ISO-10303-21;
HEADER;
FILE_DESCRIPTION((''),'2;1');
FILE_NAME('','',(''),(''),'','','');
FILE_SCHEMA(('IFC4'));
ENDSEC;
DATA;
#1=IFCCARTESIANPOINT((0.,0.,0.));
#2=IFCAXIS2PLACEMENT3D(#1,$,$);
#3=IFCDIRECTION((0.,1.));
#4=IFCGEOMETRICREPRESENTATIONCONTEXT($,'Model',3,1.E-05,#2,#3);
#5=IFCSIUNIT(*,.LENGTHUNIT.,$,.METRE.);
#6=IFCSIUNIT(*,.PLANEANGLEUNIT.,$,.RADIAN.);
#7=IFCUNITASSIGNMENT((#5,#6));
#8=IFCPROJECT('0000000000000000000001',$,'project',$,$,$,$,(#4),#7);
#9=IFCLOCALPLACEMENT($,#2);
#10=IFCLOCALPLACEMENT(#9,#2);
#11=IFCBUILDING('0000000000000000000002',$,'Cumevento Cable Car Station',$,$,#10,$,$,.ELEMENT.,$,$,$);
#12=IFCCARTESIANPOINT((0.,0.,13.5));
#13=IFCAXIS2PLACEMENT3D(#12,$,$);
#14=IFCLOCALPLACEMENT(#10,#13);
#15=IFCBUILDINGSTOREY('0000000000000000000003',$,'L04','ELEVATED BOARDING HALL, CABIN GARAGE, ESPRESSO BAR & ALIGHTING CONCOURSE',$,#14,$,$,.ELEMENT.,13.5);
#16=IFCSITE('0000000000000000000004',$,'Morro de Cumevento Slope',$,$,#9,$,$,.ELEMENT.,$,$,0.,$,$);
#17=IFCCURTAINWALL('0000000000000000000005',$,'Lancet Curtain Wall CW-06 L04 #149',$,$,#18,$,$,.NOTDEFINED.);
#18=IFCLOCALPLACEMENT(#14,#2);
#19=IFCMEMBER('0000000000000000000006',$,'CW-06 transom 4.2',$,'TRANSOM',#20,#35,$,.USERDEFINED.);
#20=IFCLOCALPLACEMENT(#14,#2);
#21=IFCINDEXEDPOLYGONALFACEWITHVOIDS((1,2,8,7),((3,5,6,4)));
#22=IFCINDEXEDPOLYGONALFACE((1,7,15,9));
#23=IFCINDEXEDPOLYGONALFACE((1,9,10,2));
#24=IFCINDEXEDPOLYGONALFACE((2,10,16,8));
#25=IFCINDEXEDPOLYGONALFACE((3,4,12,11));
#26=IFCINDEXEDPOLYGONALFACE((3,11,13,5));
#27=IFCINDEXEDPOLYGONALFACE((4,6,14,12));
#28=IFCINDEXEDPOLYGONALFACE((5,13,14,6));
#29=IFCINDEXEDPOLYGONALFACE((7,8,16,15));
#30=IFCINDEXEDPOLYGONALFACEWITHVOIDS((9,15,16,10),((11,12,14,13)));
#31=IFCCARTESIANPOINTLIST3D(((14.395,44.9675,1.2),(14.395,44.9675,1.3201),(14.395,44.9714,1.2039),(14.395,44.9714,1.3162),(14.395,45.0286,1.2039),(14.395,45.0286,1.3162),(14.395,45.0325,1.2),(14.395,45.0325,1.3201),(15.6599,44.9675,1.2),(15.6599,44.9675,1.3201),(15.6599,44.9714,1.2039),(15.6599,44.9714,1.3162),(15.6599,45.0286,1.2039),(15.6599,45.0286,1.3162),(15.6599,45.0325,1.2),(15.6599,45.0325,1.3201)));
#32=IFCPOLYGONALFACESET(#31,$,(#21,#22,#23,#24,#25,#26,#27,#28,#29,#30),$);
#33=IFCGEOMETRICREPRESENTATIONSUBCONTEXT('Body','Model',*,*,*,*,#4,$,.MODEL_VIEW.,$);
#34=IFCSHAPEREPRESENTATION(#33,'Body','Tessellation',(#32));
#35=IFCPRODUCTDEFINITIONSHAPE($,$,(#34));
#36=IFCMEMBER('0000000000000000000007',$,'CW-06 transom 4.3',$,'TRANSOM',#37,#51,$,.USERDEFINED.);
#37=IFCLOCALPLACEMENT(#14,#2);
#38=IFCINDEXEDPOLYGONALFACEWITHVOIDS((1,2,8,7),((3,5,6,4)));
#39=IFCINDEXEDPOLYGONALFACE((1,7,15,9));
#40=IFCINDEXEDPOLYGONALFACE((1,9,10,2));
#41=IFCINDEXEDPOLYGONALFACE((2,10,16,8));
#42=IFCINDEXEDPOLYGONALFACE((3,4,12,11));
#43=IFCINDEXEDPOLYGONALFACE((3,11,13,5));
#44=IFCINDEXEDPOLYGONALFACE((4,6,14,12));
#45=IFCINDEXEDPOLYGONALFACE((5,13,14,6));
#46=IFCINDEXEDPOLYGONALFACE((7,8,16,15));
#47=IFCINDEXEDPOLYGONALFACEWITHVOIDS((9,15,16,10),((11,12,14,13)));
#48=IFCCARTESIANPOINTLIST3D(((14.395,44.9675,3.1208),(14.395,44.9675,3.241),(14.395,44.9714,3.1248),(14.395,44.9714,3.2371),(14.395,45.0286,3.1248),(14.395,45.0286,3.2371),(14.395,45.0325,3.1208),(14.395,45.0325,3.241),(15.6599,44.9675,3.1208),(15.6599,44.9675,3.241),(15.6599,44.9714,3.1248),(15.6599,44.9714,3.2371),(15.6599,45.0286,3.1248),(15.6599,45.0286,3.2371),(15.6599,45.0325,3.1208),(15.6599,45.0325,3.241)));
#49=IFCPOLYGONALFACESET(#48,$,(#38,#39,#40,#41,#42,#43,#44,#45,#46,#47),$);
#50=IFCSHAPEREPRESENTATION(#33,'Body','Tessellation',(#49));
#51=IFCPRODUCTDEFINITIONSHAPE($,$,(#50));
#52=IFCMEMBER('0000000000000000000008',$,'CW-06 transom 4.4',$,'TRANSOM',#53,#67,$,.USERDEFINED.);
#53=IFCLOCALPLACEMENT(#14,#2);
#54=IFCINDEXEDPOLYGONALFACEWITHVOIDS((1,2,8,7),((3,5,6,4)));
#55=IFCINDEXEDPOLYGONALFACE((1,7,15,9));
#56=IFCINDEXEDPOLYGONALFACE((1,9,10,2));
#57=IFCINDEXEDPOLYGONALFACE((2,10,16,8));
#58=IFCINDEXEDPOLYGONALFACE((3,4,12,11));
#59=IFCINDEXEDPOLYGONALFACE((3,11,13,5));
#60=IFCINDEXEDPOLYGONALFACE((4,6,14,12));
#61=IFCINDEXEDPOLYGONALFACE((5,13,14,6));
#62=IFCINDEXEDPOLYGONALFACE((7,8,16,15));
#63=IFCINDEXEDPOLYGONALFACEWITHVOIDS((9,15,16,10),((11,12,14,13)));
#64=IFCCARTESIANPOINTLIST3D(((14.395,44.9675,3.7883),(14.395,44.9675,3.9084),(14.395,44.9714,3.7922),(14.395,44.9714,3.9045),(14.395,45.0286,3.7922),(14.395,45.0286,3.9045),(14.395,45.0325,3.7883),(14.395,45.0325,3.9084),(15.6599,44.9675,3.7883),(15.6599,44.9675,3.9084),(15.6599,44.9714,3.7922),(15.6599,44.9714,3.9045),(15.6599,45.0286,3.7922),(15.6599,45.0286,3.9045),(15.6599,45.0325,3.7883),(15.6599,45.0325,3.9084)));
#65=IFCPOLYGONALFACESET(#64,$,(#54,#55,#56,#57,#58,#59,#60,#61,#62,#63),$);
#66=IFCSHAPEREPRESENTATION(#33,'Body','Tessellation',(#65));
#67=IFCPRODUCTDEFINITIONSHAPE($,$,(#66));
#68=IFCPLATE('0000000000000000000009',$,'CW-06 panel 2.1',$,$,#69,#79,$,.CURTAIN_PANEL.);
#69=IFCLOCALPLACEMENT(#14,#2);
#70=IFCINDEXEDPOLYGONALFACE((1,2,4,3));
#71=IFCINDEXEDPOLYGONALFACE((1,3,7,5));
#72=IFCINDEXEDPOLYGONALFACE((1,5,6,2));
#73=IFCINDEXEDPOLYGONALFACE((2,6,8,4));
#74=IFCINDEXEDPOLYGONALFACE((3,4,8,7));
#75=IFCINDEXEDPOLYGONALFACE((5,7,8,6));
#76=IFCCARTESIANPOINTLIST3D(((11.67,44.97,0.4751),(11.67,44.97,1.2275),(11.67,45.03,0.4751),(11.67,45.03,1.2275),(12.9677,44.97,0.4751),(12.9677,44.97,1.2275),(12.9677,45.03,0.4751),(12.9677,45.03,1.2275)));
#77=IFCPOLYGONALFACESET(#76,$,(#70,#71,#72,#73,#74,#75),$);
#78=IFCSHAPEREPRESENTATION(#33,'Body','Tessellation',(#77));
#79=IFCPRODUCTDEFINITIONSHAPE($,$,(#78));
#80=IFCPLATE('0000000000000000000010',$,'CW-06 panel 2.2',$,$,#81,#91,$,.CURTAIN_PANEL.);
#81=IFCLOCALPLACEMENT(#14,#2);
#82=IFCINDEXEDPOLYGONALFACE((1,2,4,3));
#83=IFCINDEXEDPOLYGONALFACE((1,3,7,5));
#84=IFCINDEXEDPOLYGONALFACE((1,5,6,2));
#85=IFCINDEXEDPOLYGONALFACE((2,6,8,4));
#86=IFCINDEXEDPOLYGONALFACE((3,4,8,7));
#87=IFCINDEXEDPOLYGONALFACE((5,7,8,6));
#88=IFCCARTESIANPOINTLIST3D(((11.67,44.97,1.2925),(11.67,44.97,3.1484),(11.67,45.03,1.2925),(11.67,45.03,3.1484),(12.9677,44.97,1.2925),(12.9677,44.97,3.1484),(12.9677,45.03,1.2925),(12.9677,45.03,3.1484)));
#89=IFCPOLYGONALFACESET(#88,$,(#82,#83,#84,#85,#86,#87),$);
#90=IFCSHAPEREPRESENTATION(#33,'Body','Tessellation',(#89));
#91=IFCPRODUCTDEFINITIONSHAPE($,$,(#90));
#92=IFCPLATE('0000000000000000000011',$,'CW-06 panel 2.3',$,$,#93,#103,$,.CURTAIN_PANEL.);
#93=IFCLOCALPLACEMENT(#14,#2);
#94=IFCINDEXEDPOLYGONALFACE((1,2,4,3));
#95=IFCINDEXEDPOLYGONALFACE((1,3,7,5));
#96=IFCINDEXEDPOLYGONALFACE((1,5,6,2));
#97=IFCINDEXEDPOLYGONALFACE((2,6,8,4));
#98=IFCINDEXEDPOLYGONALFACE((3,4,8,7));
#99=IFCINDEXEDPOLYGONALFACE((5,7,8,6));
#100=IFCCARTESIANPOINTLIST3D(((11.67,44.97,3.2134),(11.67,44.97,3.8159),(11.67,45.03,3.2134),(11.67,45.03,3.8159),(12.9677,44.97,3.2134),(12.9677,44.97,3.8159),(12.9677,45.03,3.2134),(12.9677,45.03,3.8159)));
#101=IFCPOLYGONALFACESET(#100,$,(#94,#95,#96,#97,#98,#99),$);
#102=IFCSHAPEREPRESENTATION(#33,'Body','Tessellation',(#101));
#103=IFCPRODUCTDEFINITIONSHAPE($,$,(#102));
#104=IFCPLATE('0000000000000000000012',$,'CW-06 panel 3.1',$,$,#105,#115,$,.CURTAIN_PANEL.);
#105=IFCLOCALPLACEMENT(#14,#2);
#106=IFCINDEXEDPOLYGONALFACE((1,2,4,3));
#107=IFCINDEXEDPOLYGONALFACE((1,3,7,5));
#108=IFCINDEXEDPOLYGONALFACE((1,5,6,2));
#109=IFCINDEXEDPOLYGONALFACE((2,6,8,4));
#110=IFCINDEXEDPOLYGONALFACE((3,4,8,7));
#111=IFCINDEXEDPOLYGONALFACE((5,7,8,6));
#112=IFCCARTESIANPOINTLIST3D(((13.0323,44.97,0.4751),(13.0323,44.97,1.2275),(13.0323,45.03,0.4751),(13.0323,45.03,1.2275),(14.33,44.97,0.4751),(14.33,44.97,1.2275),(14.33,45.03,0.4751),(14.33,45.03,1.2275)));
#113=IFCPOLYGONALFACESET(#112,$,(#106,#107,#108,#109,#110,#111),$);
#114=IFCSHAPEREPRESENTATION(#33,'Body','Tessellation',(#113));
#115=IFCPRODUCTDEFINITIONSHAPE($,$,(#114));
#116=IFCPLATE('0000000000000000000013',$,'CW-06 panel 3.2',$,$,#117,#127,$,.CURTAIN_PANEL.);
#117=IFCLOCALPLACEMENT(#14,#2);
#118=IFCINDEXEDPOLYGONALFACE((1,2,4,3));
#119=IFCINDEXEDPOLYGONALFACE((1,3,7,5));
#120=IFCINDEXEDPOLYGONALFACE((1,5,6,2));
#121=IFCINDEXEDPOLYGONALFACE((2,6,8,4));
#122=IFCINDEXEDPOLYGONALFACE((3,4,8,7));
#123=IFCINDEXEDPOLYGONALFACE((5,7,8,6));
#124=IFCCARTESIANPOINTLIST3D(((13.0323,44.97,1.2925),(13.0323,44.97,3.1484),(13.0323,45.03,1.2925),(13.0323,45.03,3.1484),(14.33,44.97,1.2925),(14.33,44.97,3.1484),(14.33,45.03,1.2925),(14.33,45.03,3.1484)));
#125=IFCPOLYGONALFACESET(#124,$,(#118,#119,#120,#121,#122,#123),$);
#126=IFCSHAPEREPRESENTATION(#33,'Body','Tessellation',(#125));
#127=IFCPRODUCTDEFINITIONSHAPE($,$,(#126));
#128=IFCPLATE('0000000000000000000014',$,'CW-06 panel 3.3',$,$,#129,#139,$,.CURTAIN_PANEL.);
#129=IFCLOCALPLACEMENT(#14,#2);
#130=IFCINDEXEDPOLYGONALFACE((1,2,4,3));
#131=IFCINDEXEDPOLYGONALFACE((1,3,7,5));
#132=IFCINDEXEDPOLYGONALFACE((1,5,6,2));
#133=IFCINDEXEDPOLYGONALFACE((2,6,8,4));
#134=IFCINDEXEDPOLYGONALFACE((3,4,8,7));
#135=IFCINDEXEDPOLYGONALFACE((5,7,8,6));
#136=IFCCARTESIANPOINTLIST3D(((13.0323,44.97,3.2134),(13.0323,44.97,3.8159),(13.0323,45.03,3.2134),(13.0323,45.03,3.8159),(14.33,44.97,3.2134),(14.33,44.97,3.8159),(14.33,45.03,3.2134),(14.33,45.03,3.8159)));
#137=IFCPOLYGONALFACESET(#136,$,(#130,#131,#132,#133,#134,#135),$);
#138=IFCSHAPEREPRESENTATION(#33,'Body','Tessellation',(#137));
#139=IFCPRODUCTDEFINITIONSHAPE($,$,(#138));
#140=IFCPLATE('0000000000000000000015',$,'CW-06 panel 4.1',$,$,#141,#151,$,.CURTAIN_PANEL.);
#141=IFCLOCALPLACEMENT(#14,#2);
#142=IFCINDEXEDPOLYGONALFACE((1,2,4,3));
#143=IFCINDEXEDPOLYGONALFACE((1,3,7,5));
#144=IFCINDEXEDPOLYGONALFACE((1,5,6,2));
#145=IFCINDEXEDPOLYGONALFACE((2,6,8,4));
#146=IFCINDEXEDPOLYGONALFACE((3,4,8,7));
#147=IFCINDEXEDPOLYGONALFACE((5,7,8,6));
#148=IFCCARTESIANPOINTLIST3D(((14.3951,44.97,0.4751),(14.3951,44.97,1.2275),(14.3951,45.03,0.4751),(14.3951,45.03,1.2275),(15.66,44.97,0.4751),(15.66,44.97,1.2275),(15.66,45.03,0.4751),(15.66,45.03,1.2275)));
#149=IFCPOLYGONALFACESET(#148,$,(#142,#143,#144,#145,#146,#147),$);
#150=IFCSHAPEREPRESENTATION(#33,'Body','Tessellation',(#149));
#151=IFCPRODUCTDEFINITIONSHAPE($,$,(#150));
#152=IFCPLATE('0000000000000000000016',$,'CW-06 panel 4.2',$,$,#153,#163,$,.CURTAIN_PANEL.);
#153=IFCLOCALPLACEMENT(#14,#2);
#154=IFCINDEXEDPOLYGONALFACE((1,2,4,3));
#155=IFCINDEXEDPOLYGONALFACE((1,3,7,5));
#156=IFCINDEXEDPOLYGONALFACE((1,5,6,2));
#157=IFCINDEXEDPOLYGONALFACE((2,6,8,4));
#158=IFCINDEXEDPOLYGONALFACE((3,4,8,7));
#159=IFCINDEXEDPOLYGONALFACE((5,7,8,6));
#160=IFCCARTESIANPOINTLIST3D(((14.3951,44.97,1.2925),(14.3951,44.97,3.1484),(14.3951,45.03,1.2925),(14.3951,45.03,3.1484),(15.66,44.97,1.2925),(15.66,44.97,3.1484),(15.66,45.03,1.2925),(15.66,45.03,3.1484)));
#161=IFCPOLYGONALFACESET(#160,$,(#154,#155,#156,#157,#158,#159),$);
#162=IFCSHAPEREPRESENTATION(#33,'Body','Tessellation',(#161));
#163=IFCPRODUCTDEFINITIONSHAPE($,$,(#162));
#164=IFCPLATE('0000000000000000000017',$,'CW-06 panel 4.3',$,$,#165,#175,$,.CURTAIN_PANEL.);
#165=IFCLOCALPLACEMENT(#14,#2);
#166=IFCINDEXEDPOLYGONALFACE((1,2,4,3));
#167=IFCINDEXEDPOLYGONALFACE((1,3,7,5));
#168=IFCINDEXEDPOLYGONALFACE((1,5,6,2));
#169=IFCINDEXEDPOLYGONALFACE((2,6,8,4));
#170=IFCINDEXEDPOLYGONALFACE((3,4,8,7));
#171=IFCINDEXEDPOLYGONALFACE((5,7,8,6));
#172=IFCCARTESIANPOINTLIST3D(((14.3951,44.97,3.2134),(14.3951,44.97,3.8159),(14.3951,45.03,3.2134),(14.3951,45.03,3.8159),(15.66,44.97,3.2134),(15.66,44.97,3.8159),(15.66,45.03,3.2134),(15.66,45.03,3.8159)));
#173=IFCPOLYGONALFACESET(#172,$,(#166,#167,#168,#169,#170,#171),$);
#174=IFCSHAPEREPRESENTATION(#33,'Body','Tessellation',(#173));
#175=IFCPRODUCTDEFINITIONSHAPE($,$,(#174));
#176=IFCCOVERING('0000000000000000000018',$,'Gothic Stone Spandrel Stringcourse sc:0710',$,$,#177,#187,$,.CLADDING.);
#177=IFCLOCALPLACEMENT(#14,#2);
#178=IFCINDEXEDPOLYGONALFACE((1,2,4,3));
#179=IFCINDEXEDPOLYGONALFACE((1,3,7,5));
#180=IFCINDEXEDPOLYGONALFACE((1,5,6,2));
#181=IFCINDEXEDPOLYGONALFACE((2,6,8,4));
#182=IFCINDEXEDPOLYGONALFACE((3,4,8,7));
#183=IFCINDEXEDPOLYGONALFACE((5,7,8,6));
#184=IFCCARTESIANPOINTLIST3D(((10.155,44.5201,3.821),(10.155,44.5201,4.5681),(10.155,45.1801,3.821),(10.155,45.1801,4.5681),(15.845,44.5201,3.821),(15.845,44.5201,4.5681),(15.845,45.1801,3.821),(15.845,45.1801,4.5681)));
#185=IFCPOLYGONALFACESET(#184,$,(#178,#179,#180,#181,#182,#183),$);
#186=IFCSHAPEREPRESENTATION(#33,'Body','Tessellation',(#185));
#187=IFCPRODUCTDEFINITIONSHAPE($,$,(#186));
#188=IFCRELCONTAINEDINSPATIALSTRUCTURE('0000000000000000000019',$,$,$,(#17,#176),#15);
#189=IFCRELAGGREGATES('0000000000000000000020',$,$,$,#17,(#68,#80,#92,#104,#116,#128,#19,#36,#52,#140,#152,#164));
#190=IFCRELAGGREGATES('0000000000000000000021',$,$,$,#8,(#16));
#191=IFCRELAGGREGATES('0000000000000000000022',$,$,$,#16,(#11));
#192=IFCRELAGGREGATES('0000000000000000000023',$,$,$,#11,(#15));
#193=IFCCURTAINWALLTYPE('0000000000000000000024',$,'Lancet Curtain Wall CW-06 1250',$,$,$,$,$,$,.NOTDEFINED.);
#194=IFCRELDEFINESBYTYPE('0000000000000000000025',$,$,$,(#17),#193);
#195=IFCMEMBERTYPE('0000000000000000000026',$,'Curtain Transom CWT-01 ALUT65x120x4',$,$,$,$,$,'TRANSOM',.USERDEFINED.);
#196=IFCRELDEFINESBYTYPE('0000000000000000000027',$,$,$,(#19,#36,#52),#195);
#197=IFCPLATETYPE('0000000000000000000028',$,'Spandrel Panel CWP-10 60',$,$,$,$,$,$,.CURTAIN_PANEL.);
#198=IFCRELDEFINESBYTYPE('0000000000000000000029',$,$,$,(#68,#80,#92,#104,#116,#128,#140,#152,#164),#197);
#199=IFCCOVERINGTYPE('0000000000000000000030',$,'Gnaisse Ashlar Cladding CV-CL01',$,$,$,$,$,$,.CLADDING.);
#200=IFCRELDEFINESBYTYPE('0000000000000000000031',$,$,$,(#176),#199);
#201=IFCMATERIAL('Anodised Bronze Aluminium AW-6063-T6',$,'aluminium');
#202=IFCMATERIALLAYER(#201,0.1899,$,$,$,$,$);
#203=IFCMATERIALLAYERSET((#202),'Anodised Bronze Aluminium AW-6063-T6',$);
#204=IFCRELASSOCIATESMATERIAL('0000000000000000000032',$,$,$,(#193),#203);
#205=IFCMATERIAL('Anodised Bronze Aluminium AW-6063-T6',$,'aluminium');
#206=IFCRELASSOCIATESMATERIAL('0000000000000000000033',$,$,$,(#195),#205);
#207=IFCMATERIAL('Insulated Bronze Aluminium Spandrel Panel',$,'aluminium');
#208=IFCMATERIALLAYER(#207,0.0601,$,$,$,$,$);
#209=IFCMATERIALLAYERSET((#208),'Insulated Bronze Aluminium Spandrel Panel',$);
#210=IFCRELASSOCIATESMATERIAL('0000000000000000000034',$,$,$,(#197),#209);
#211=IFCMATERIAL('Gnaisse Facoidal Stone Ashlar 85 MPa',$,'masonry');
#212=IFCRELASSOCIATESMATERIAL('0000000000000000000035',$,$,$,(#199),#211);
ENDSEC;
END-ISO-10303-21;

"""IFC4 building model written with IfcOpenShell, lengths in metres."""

from ifc_helpers import new_model, si_unit, direction, frame, origin, origin_2d, place, context, subcontext, project, spatial, rectangle, hollow_rectangle, extrude, material, layer, layer_set, material_profile, profile_set, type_object, element, aggregate, save


model = new_model("IFC4")

# Units and contexts
model_context = context("Model", 3, precision=1e-05, world=origin(), true_north=direction((0.0, 1.0)))
body_context = subcontext(model_context, "Body", "Model", "MODEL_VIEW")
ifc_project = project(units=[si_unit("LENGTHUNIT", "METRE"), si_unit("PLANEANGLEUNIT", "RADIAN")], contexts=[model_context])

# Site, building, storey
site_placement = place(None, origin())
site = spatial("IfcSite", under=ifc_project, at=site_placement, Name="Morro de Cumevento Slope", CompositionType="ELEMENT", RefElevation=0.0)
building_placement = place(site_placement, origin())
building = spatial("IfcBuilding", under=site, at=building_placement, Name="Cumevento Cable Car Station", CompositionType="ELEMENT")
storey_placement = place(building_placement, frame((0.0, 0.0, 13.5)))
storey = spatial("IfcBuildingStorey", under=building, at=storey_placement, Name="L04", Description="ELEVATED BOARDING HALL, CABIN GARAGE, ESPRESSO BAR & ALIGHTING CONCOURSE", CompositionType="ELEMENT", Elevation=13.5)

# Curtain wall, members, plates
ifc_material_1 = material(Name="Anodised Bronze Aluminium AW-6063-T6", Category="aluminium")
ifc_layer_1 = layer(ifc_material_1, 0.1899)
ifc_layer_set_1 = layer_set([ifc_layer_1], Name="Anodised Bronze Aluminium AW-6063-T6")
curtain_wall_type = type_object("IfcCurtainWallType", Name="Lancet Curtain Wall CW-06 1250", PredefinedType="NOTDEFINED", material=ifc_layer_set_1)
curtain_wall_placement = place(storey_placement, origin())
curtain_wall = element("IfcCurtainWall", 1, at=curtain_wall_placement, inside=storey, type_object=curtain_wall_type, Name="Lancet Curtain Wall CW-06 L04 #149", PredefinedType="NOTDEFINED")
ifc_material_2 = material(Name="Anodised Bronze Aluminium AW-6063-T6", Category="aluminium")
ifc_material_profile_1 = material_profile(ifc_material_2, hollow_rectangle(XDim=0.0649, YDim=0.1201, WallThickness=0.0039, at=origin_2d()), Name="ALUT65x120x4")
ifc_profile_set_1 = profile_set([ifc_material_profile_1], Name="Anodised Bronze Aluminium AW-6063-T6")
member_type_1 = type_object("IfcMemberType", Name="Curtain Transom CWT-01 ALUT65x120x4", ElementType="TRANSOM", PredefinedType="USERDEFINED", material=ifc_profile_set_1)
member_1_placement = place(storey_placement, frame((14.395, 45.0, 1.26), z_axis=(1.0, 0.0, 0.0), x_axis=(0.0, 1.0, 0.0)))
member_1 = element("IfcMember", 2, at=member_1_placement, type_object=member_type_1, Name="CW-06 transom 4.2", ObjectType="TRANSOM", PredefinedType="USERDEFINED", context=body_context, shape_type="SweptSolid", body=[
    extrude(hollow_rectangle(XDim=0.0649, YDim=0.1201, WallThickness=0.0039, at=origin_2d()), origin(), (0.0, 0.0, 1.0), 1.2649),
])
member_2_placement = place(storey_placement, frame((14.395, 45.0, 3.1809), z_axis=(1.0, 0.0, 0.0), x_axis=(0.0, 1.0, 0.0)))
member_2 = element("IfcMember", 3, at=member_2_placement, type_object=member_type_1, Name="CW-06 transom 4.3", ObjectType="TRANSOM", PredefinedType="USERDEFINED", context=body_context, shape_type="SweptSolid", body=[
    extrude(hollow_rectangle(XDim=0.0649, YDim=0.1201, WallThickness=0.0039, at=origin_2d()), origin(), (0.0, 0.0, 1.0), 1.2649),
])
member_3_placement = place(storey_placement, frame((14.395, 45.0, 3.8484), z_axis=(1.0, 0.0, 0.0), x_axis=(0.0, 1.0, 0.0)))
member_3 = element("IfcMember", 4, at=member_3_placement, type_object=member_type_1, Name="CW-06 transom 4.4", ObjectType="TRANSOM", PredefinedType="USERDEFINED", context=body_context, shape_type="SweptSolid", body=[
    extrude(hollow_rectangle(XDim=0.0649, YDim=0.1201, WallThickness=0.0039, at=origin_2d()), origin(), (0.0, 0.0, 1.0), 1.2649),
])
ifc_material_3 = material(Name="Insulated Bronze Aluminium Spandrel Panel", Category="aluminium")
ifc_layer_2 = layer(ifc_material_3, 0.0601)
ifc_layer_set_2 = layer_set([ifc_layer_2], Name="Insulated Bronze Aluminium Spandrel Panel")
plate_type = type_object("IfcPlateType", Name="Spandrel Panel CWP-10 60", PredefinedType="CURTAIN_PANEL", material=ifc_layer_set_2)
plate_1_placement = place(storey_placement, frame((12.3188, 45.0, 0.4751), z_axis=(0.0, 0.0, 1.0), x_axis=(1.0, 0.0, 0.0)))
plate_1 = element("IfcPlate", 5, at=plate_1_placement, type_object=plate_type, Name="CW-06 panel 2.1", PredefinedType="CURTAIN_PANEL", context=body_context, shape_type="SweptSolid", body=[
    extrude(rectangle(XDim=1.2976, YDim=0.0601, at=origin_2d()), origin(), (0.0, 0.0, 1.0), 0.7524),
])
plate_2_placement = place(storey_placement, frame((12.3188, 45.0, 1.2925), z_axis=(0.0, 0.0, 1.0), x_axis=(1.0, 0.0, 0.0)))
plate_2 = element("IfcPlate", 6, at=plate_2_placement, type_object=plate_type, Name="CW-06 panel 2.2", PredefinedType="CURTAIN_PANEL", context=body_context, shape_type="SweptSolid", body=[
    extrude(rectangle(XDim=1.2976, YDim=0.0601, at=origin_2d()), origin(), (0.0, 0.0, 1.0), 1.856),
])
plate_3_placement = place(storey_placement, frame((12.3188, 45.0, 3.2134), z_axis=(0.0, 0.0, 1.0), x_axis=(1.0, 0.0, 0.0)))
plate_3 = element("IfcPlate", 7, at=plate_3_placement, type_object=plate_type, Name="CW-06 panel 2.3", PredefinedType="CURTAIN_PANEL", context=body_context, shape_type="SweptSolid", body=[
    extrude(rectangle(XDim=1.2976, YDim=0.0601, at=origin_2d()), origin(), (0.0, 0.0, 1.0), 0.6025),
])
plate_4_placement = place(storey_placement, frame((13.6812, 45.0, 0.4751), z_axis=(0.0, 0.0, 1.0), x_axis=(1.0, 0.0, 0.0)))
plate_4 = element("IfcPlate", 8, at=plate_4_placement, type_object=plate_type, Name="CW-06 panel 3.1", PredefinedType="CURTAIN_PANEL", context=body_context, shape_type="SweptSolid", body=[
    extrude(rectangle(XDim=1.2976, YDim=0.0601, at=origin_2d()), origin(), (0.0, 0.0, 1.0), 0.7524),
])
plate_5_placement = place(storey_placement, frame((13.6812, 45.0, 1.2925), z_axis=(0.0, 0.0, 1.0), x_axis=(1.0, 0.0, 0.0)))
plate_5 = element("IfcPlate", 9, at=plate_5_placement, type_object=plate_type, Name="CW-06 panel 3.2", PredefinedType="CURTAIN_PANEL", context=body_context, shape_type="SweptSolid", body=[
    extrude(rectangle(XDim=1.2976, YDim=0.0601, at=origin_2d()), origin(), (0.0, 0.0, 1.0), 1.856),
])
plate_6_placement = place(storey_placement, frame((13.6812, 45.0, 3.2134), z_axis=(0.0, 0.0, 1.0), x_axis=(1.0, 0.0, 0.0)))
plate_6 = element("IfcPlate", 10, at=plate_6_placement, type_object=plate_type, Name="CW-06 panel 3.3", PredefinedType="CURTAIN_PANEL", context=body_context, shape_type="SweptSolid", body=[
    extrude(rectangle(XDim=1.2976, YDim=0.0601, at=origin_2d()), origin(), (0.0, 0.0, 1.0), 0.6025),
])
plate_7_placement = place(storey_placement, frame((15.0276, 45.0, 0.4751), z_axis=(0.0, 0.0, 1.0), x_axis=(1.0, 0.0, 0.0)))
plate_7 = element("IfcPlate", 11, at=plate_7_placement, type_object=plate_type, Name="CW-06 panel 4.1", PredefinedType="CURTAIN_PANEL", context=body_context, shape_type="SweptSolid", body=[
    extrude(rectangle(XDim=1.2649, YDim=0.0601, at=origin_2d()), origin(), (0.0, 0.0, 1.0), 0.7524),
])
plate_8_placement = place(storey_placement, frame((15.0276, 45.0, 1.2925), z_axis=(0.0, 0.0, 1.0), x_axis=(1.0, 0.0, 0.0)))
plate_8 = element("IfcPlate", 12, at=plate_8_placement, type_object=plate_type, Name="CW-06 panel 4.2", PredefinedType="CURTAIN_PANEL", context=body_context, shape_type="SweptSolid", body=[
    extrude(rectangle(XDim=1.2649, YDim=0.0601, at=origin_2d()), origin(), (0.0, 0.0, 1.0), 1.856),
])
plate_9_placement = place(storey_placement, frame((15.0276, 45.0, 3.2134), z_axis=(0.0, 0.0, 1.0), x_axis=(1.0, 0.0, 0.0)))
plate_9 = element("IfcPlate", 13, at=plate_9_placement, type_object=plate_type, Name="CW-06 panel 4.3", PredefinedType="CURTAIN_PANEL", context=body_context, shape_type="SweptSolid", body=[
    extrude(rectangle(XDim=1.2649, YDim=0.0601, at=origin_2d()), origin(), (0.0, 0.0, 1.0), 0.6025),
])
aggregate(curtain_wall, [plate_1, plate_2, plate_3, plate_4, plate_5, plate_6, member_1, member_2, member_3, plate_7, plate_8, plate_9])

# Covering
ifc_material_4 = material(Name="Gnaisse Facoidal Stone Ashlar 85 MPa", Category="masonry")
covering_type = type_object("IfcCoveringType", Name="Gnaisse Ashlar Cladding CV-CL01", PredefinedType="CLADDING", material=ifc_material_4)
covering_placement = place(storey_placement, frame((13.0, 44.8501, 3.821), z_axis=(0.0, 0.0, 1.0), x_axis=(1.0, 0.0, 0.0)))
element("IfcCovering", 14, at=covering_placement, inside=storey, type_object=covering_type, Name="Gothic Stone Spandrel Stringcourse sc:0710", PredefinedType="CLADDING", context=body_context, shape_type="SweptSolid", body=[
    extrude(rectangle(XDim=5.6899, YDim=0.6599, at=origin_2d()), origin(), (0.0, 0.0, 1.0), 0.7471),
])

save(model, "model.ifc")
